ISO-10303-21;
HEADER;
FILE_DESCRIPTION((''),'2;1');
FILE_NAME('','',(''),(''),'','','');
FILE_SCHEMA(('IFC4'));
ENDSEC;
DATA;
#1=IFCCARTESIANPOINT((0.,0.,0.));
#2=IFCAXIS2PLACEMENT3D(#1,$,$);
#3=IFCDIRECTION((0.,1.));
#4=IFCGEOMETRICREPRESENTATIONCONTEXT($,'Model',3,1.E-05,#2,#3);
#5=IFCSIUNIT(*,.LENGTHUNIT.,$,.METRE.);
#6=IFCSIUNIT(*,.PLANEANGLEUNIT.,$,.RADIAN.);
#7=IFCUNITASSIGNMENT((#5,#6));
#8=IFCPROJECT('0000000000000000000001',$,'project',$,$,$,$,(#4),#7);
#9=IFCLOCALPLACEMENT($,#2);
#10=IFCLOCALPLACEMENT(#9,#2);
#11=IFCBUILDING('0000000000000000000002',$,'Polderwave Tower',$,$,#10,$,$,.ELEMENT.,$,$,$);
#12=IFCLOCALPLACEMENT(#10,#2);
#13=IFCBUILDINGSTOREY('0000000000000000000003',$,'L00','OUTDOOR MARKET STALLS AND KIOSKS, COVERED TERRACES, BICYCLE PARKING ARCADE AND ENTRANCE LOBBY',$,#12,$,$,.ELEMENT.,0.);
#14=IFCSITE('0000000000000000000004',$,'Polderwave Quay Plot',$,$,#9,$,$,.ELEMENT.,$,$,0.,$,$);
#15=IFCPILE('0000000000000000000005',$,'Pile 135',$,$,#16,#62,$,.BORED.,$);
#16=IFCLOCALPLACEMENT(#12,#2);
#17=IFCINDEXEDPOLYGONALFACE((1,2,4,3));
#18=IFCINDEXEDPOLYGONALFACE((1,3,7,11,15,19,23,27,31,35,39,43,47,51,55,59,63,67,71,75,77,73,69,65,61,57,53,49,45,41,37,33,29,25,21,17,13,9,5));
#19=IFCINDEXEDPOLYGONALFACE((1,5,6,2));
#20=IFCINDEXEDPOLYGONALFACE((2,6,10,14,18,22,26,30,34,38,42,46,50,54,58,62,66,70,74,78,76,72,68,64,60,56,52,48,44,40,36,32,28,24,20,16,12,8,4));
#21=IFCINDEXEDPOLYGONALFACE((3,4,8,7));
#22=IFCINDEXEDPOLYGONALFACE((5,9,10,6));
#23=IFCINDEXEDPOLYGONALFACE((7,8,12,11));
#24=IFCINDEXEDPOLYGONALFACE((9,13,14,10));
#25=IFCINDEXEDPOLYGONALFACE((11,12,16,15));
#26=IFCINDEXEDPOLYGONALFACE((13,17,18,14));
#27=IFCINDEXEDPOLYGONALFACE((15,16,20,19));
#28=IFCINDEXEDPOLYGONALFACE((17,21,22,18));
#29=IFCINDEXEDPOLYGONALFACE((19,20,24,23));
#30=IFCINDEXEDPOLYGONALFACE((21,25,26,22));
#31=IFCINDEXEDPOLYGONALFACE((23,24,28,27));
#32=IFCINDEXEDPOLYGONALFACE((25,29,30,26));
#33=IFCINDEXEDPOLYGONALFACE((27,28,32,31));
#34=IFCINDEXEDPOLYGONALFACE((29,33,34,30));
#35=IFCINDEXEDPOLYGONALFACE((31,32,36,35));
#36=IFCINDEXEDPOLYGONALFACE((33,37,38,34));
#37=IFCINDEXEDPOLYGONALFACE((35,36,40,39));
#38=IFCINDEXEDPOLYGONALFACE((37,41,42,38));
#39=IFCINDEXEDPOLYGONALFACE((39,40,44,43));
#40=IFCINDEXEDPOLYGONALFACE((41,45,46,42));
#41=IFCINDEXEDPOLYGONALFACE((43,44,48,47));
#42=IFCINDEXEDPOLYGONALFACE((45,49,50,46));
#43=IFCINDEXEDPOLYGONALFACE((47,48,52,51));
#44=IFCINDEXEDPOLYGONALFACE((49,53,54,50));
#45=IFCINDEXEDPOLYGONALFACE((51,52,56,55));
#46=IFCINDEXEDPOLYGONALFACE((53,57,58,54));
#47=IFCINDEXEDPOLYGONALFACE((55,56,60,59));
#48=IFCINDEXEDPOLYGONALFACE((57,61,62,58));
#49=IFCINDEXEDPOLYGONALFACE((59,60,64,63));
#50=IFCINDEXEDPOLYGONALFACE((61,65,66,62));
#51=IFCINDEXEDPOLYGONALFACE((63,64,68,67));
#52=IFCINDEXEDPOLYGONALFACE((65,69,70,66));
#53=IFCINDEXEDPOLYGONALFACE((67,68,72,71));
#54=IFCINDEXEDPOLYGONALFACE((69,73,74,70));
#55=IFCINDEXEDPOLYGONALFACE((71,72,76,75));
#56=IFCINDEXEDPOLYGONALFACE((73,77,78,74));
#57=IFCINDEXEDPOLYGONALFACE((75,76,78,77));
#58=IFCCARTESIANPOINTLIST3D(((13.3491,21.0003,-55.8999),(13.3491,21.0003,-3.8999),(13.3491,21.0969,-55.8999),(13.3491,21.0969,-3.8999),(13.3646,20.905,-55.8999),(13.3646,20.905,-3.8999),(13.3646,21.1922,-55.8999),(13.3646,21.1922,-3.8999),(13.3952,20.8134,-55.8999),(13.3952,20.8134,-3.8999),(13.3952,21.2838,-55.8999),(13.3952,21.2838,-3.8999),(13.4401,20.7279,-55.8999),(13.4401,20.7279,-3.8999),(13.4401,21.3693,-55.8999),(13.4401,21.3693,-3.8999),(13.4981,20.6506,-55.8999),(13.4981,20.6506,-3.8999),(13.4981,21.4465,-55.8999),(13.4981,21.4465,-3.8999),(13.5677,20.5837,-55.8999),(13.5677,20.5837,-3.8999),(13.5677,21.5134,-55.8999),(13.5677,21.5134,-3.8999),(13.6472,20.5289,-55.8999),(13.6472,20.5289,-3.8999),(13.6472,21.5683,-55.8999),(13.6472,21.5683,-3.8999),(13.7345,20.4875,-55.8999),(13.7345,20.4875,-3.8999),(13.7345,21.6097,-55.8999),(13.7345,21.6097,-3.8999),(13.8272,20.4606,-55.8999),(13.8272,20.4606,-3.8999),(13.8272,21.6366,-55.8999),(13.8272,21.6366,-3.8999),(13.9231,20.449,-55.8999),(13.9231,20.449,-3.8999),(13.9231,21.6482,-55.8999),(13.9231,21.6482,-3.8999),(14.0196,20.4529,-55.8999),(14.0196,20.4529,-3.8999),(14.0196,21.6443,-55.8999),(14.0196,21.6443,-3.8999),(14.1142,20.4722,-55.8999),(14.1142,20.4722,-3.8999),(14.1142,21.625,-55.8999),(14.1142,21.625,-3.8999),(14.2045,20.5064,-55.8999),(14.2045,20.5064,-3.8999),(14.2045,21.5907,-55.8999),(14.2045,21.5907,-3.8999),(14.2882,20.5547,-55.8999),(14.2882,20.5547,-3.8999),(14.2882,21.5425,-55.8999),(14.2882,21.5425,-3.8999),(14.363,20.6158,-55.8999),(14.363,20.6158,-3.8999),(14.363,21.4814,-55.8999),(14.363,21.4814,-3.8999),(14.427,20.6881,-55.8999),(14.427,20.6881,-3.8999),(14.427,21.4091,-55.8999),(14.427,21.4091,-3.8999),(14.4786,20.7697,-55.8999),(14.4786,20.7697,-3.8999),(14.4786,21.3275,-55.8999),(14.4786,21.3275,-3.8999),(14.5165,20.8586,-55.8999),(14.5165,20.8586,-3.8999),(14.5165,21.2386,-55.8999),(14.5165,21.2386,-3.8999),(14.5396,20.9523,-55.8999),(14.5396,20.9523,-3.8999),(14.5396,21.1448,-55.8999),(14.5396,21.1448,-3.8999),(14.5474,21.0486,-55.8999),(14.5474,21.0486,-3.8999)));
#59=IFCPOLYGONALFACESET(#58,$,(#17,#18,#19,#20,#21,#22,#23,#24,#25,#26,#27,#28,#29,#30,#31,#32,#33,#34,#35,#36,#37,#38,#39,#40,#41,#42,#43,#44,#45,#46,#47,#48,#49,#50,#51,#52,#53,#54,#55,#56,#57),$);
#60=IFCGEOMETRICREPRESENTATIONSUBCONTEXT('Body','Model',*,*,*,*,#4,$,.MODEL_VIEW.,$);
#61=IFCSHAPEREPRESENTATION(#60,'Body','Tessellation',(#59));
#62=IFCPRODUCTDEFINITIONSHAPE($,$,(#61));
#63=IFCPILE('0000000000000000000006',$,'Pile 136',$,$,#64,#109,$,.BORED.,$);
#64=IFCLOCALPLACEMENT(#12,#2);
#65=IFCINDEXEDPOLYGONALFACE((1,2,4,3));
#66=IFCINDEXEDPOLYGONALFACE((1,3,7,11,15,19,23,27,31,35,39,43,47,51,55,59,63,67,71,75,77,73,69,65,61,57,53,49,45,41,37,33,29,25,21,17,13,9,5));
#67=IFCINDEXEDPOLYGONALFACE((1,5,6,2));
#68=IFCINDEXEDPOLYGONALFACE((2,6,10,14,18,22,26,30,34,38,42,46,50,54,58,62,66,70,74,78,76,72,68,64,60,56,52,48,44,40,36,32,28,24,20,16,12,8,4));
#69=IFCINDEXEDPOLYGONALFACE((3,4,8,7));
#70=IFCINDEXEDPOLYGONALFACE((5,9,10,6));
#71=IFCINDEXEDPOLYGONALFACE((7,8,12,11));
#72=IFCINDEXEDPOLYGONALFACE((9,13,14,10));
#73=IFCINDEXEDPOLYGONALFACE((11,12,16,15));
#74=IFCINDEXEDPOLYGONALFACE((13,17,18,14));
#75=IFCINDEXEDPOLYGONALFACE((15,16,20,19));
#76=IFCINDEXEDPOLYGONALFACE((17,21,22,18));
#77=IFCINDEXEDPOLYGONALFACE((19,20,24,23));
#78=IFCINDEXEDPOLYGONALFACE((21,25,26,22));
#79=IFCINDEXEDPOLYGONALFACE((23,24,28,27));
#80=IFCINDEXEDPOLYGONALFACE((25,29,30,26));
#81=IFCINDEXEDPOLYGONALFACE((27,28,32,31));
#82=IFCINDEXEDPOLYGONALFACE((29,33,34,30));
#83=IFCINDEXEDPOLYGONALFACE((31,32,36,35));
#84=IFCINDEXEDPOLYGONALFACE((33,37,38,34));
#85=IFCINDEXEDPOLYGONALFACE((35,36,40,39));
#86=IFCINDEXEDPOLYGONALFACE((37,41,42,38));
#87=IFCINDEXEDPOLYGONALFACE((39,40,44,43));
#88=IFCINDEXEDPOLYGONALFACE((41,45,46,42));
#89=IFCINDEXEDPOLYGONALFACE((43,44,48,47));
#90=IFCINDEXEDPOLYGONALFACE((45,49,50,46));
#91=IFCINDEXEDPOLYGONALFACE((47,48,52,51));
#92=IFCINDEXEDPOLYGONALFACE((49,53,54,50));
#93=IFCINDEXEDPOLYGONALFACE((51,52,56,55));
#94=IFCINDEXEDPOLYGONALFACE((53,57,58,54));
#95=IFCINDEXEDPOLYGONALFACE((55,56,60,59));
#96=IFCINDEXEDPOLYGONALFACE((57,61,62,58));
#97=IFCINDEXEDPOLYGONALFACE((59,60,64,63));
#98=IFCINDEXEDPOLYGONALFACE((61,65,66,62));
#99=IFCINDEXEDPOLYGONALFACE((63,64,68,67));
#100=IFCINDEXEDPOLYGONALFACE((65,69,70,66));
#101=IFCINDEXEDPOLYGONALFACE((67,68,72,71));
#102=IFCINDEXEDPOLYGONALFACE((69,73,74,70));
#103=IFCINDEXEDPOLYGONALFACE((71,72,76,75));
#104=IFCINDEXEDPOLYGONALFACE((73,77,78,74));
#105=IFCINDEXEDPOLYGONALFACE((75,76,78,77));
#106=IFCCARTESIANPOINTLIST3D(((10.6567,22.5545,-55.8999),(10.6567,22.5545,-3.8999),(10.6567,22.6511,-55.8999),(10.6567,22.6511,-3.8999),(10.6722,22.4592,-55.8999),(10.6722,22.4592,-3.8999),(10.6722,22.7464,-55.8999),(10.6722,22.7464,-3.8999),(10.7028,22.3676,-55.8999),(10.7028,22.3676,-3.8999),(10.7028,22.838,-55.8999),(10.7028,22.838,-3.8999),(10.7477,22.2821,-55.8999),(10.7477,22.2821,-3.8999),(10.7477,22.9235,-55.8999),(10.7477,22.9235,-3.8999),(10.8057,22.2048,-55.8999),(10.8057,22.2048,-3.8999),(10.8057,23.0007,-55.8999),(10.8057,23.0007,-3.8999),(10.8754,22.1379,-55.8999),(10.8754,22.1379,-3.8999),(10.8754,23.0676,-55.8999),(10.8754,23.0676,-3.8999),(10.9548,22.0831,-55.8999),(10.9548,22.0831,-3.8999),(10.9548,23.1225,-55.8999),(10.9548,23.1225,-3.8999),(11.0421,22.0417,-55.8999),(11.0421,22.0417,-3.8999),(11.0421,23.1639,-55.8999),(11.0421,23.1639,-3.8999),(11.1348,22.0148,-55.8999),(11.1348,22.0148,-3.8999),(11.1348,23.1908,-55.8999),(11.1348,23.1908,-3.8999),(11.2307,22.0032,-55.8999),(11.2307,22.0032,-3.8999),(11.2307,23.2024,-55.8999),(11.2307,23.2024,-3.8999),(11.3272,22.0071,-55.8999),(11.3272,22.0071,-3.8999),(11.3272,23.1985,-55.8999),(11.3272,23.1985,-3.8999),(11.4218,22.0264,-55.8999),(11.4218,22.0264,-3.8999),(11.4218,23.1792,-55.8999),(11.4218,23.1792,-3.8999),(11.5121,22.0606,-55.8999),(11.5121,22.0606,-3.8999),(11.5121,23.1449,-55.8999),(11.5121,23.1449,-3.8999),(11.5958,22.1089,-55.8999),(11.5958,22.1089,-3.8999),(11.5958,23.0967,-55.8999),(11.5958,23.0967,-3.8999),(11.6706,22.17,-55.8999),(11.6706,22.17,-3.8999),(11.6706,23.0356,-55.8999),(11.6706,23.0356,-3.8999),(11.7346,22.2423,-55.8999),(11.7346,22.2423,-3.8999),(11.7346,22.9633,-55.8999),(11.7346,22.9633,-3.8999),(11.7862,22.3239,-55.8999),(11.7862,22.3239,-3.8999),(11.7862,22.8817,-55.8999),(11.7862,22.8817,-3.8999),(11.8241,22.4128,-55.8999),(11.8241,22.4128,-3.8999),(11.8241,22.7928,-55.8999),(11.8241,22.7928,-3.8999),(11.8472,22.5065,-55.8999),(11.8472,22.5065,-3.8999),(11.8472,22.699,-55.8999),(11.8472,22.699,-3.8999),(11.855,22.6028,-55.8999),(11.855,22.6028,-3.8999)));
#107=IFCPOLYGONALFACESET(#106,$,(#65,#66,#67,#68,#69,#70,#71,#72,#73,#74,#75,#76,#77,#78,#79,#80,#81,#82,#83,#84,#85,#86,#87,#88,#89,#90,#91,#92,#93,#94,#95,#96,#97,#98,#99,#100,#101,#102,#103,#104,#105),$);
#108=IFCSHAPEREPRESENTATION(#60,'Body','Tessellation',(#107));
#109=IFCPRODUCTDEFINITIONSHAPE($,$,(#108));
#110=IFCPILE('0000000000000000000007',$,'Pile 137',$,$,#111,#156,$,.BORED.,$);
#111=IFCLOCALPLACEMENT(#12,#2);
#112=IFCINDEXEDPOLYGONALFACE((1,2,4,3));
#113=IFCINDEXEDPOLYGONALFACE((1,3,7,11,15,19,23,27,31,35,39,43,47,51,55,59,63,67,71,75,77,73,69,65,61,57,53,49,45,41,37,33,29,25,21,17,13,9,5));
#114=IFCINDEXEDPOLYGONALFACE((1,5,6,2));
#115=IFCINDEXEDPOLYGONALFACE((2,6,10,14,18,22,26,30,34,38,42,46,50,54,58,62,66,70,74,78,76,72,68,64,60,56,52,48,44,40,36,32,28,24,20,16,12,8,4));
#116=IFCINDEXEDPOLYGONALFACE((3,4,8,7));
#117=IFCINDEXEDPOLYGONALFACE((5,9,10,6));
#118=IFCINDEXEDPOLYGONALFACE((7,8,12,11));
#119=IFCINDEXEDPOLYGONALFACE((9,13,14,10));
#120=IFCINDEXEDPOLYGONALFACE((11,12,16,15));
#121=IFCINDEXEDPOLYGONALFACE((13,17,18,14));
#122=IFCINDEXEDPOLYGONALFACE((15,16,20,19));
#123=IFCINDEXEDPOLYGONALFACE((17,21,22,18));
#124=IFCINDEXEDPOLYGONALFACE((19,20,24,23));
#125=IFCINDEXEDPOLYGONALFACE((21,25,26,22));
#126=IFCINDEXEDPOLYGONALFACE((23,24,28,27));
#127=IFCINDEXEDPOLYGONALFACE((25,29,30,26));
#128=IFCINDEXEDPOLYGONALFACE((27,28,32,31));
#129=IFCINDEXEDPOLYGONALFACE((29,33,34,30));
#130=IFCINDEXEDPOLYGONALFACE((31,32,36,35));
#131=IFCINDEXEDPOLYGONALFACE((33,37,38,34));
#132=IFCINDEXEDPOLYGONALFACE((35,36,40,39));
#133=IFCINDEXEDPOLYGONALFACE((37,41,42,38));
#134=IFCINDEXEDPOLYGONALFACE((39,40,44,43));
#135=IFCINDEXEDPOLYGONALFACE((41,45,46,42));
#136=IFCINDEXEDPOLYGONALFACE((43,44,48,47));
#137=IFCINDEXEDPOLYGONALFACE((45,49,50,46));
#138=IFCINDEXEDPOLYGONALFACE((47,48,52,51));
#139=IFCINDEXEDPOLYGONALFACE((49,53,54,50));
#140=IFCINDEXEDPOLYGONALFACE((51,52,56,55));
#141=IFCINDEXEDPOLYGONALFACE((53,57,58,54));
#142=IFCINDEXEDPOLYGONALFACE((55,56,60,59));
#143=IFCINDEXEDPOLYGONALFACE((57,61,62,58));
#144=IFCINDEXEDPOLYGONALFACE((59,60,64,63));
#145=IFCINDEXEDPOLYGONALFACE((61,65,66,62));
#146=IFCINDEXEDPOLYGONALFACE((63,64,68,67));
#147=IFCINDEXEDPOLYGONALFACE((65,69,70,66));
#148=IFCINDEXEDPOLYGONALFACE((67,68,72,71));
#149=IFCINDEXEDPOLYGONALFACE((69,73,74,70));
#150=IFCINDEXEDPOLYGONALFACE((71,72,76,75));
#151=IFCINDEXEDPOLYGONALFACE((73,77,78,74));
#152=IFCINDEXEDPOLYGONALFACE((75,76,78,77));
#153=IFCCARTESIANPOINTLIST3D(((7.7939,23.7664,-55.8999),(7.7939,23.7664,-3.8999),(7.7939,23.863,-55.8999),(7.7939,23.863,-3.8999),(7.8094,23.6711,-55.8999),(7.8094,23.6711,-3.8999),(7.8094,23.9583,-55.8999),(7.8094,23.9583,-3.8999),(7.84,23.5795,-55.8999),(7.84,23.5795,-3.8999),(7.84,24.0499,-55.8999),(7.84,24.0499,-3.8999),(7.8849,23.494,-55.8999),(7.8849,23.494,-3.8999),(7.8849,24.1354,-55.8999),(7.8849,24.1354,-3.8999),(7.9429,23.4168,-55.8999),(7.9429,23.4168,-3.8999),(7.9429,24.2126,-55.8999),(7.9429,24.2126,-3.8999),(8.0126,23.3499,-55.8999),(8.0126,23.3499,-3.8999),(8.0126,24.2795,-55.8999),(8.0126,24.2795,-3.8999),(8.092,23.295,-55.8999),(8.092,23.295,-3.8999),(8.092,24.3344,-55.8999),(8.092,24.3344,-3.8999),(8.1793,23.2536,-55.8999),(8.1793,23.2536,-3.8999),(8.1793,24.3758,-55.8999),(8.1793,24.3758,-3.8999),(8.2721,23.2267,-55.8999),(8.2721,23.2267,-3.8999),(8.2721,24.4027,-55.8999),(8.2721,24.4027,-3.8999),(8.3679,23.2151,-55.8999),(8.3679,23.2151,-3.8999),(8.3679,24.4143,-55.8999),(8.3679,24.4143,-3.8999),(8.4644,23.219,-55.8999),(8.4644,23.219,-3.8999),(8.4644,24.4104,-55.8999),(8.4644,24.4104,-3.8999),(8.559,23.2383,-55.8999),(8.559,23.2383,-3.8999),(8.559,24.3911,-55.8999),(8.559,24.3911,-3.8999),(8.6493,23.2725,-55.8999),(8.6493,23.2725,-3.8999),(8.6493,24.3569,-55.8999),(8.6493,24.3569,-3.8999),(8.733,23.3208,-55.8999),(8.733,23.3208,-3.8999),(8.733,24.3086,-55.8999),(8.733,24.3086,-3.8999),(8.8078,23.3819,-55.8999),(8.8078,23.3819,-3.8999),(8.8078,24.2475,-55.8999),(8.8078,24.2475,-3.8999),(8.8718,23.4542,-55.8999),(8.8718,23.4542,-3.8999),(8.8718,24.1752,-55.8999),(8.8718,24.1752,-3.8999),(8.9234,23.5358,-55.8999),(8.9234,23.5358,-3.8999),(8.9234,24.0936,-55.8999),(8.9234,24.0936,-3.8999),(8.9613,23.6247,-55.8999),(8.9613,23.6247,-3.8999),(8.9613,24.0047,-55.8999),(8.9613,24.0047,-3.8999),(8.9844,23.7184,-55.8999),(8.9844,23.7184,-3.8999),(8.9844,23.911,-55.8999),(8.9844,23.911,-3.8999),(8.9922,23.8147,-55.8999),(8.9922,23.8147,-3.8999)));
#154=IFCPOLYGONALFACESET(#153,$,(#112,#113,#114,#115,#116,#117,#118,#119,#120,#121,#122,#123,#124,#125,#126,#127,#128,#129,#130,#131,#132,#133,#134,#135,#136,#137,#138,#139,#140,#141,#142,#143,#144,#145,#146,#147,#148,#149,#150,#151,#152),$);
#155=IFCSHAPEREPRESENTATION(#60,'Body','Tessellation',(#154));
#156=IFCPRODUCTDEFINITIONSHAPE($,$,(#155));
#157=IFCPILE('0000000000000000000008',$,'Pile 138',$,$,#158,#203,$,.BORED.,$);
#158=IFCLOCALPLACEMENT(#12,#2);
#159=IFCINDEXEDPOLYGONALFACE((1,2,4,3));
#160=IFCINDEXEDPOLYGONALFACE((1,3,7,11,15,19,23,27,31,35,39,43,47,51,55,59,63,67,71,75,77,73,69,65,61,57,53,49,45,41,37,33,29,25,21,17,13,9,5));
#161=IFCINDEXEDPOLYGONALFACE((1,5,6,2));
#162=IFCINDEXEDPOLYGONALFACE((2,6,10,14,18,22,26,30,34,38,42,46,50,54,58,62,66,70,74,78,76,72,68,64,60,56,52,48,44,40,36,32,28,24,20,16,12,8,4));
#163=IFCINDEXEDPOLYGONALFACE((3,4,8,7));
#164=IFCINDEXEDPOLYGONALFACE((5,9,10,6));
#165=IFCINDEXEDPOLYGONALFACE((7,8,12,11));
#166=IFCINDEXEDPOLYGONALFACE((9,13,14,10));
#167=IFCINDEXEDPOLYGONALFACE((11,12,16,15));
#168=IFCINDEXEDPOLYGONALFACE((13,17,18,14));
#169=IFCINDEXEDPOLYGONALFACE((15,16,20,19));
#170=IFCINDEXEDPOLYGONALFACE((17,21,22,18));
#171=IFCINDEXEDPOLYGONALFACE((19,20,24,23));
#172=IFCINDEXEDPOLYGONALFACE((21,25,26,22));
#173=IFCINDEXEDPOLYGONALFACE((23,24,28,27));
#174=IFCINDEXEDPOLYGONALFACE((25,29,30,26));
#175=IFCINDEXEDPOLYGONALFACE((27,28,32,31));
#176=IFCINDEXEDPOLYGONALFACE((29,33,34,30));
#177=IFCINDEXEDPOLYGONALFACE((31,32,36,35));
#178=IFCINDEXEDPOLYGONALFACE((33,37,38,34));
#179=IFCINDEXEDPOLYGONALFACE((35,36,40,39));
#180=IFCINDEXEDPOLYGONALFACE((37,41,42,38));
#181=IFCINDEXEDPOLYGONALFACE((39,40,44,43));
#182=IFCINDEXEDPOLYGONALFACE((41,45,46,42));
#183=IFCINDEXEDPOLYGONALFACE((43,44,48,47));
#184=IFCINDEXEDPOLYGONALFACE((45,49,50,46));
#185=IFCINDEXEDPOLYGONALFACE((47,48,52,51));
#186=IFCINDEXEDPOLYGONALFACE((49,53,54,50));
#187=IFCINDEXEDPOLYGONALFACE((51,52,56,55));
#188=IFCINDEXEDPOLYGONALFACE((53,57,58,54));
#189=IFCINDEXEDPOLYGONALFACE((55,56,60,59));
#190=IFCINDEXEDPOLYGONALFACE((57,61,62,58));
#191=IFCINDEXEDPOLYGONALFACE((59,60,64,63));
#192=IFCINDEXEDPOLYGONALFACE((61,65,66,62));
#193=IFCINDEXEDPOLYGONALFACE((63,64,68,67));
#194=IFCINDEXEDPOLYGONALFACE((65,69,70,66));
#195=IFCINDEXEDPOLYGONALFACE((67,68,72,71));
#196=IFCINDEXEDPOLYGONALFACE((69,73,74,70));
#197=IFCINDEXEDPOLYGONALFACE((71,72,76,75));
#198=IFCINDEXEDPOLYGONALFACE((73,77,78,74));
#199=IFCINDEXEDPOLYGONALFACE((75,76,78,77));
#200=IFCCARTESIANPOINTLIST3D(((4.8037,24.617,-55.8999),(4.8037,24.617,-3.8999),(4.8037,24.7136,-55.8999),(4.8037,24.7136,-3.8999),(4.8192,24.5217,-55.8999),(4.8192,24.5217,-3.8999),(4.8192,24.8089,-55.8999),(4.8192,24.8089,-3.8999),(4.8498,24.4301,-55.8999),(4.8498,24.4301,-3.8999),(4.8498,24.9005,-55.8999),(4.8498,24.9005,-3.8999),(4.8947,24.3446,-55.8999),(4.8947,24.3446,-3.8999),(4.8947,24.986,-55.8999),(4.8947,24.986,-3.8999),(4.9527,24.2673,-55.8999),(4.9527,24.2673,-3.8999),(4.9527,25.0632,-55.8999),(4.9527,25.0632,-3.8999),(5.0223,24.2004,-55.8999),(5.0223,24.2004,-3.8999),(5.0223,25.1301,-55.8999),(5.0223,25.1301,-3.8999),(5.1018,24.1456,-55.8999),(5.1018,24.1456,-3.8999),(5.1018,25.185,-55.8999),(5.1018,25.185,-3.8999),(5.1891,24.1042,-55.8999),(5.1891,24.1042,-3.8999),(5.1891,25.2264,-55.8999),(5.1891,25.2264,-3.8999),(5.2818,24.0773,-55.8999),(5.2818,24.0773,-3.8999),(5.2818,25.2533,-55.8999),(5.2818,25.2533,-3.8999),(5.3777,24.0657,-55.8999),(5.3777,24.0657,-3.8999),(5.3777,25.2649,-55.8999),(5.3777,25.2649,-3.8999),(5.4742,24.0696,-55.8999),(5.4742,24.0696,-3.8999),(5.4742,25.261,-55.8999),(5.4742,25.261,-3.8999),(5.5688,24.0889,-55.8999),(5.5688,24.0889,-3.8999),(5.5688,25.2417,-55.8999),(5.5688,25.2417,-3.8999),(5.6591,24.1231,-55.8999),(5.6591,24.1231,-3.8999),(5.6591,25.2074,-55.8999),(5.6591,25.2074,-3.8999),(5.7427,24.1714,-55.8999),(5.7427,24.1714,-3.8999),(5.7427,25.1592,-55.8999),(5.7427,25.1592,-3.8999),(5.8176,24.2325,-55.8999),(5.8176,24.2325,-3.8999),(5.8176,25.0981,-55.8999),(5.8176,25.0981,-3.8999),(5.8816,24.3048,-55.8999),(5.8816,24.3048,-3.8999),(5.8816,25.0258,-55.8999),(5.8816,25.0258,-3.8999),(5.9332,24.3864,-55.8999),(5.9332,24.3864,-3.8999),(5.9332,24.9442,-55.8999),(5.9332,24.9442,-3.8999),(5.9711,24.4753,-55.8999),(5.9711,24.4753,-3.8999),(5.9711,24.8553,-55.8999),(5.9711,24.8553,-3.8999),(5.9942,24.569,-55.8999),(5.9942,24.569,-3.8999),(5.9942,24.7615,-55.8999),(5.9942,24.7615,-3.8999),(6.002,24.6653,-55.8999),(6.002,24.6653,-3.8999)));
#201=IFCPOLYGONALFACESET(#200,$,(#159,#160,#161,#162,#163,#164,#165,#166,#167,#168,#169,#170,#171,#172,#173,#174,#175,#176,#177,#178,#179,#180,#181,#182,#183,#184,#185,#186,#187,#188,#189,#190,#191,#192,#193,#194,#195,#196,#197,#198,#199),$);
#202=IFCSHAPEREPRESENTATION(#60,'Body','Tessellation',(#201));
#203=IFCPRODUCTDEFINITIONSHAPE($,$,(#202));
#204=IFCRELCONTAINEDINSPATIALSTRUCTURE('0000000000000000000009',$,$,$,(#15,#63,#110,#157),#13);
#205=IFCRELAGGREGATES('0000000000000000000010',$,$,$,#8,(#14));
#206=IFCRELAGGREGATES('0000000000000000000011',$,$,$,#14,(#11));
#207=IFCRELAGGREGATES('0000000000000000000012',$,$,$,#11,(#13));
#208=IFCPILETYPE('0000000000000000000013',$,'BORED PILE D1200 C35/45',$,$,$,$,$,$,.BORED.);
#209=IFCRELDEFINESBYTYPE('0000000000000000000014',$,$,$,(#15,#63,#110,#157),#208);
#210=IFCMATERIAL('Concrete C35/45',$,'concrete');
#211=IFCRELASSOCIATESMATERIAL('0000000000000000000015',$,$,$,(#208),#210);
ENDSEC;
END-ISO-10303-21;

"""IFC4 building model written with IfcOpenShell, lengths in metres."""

from ifc_helpers import new_model, si_unit, direction, frame, origin, origin_2d, place, context, subcontext, project, spatial, circle, extrude, material, material_profile, profile_set, type_object, element, save


model = new_model("IFC4")

# Units and contexts
model_context = context("Model", 3, precision=1e-05, world=origin(), true_north=direction((0.0, 1.0)))
body_context = subcontext(model_context, "Body", "Model", "MODEL_VIEW")
ifc_project = project(units=[si_unit("LENGTHUNIT", "METRE"), si_unit("PLANEANGLEUNIT", "RADIAN")], contexts=[model_context])

# Site, building, storey
site_placement = place(None, origin())
site = spatial("IfcSite", under=ifc_project, at=site_placement, Name="Polderwave Quay Plot", CompositionType="ELEMENT", RefElevation=0.0)
building_placement = place(site_placement, origin())
building = spatial("IfcBuilding", under=site, at=building_placement, Name="Polderwave Tower", CompositionType="ELEMENT")
storey_placement = place(building_placement, origin())
storey = spatial("IfcBuildingStorey", under=building, at=storey_placement, Name="L00", Description="OUTDOOR MARKET STALLS AND KIOSKS, COVERED TERRACES, BICYCLE PARKING ARCADE AND ENTRANCE LOBBY", CompositionType="ELEMENT", Elevation=0.0)

# Piles
ifc_material_1 = material(Name="Concrete C35/45", Category="concrete")
ifc_material_profile_1 = material_profile(ifc_material_1, circle(Radius=0.6001, at=origin_2d()), Name="BORED D1200")
ifc_profile_set_1 = profile_set([ifc_material_profile_1], Name="Concrete C35/45")
pile_type = type_object("IfcPileType", Name="BORED PILE D1200 C35/45", PredefinedType="BORED", material=ifc_profile_set_1)
for number, where, z_axis, x_axis, name in (
    (1, (13.9473, 21.0486, -3.8999), (0.0, 0.0, -1.0), (1.0, 0.0, 0.0), "Pile 135"),
    (2, (11.2549, 22.6028, -3.8999), (0.0, 0.0, -1.0), (1.0, 0.0, 0.0), "Pile 136"),
    (3, (8.3921, 23.8147, -3.8999), (0.0, 0.0, -1.0), (1.0, 0.0, 0.0), "Pile 137"),
    (4, (5.4019, 24.6653, -3.8999), (0.0, 0.0, -1.0), (1.0, 0.0, 0.0), "Pile 138"),
):
    element("IfcPile", number, at=place(storey_placement, frame(where, z_axis=z_axis, x_axis=x_axis)), inside=storey, type_object=pile_type, Name=name, PredefinedType="BORED", context=body_context, shape_type="SweptSolid", body=[
        extrude(circle(Radius=0.6001, at=origin_2d()), origin(), (0.0, 0.0, 1.0), 52.0),
    ])

save(model, "model.ifc")
